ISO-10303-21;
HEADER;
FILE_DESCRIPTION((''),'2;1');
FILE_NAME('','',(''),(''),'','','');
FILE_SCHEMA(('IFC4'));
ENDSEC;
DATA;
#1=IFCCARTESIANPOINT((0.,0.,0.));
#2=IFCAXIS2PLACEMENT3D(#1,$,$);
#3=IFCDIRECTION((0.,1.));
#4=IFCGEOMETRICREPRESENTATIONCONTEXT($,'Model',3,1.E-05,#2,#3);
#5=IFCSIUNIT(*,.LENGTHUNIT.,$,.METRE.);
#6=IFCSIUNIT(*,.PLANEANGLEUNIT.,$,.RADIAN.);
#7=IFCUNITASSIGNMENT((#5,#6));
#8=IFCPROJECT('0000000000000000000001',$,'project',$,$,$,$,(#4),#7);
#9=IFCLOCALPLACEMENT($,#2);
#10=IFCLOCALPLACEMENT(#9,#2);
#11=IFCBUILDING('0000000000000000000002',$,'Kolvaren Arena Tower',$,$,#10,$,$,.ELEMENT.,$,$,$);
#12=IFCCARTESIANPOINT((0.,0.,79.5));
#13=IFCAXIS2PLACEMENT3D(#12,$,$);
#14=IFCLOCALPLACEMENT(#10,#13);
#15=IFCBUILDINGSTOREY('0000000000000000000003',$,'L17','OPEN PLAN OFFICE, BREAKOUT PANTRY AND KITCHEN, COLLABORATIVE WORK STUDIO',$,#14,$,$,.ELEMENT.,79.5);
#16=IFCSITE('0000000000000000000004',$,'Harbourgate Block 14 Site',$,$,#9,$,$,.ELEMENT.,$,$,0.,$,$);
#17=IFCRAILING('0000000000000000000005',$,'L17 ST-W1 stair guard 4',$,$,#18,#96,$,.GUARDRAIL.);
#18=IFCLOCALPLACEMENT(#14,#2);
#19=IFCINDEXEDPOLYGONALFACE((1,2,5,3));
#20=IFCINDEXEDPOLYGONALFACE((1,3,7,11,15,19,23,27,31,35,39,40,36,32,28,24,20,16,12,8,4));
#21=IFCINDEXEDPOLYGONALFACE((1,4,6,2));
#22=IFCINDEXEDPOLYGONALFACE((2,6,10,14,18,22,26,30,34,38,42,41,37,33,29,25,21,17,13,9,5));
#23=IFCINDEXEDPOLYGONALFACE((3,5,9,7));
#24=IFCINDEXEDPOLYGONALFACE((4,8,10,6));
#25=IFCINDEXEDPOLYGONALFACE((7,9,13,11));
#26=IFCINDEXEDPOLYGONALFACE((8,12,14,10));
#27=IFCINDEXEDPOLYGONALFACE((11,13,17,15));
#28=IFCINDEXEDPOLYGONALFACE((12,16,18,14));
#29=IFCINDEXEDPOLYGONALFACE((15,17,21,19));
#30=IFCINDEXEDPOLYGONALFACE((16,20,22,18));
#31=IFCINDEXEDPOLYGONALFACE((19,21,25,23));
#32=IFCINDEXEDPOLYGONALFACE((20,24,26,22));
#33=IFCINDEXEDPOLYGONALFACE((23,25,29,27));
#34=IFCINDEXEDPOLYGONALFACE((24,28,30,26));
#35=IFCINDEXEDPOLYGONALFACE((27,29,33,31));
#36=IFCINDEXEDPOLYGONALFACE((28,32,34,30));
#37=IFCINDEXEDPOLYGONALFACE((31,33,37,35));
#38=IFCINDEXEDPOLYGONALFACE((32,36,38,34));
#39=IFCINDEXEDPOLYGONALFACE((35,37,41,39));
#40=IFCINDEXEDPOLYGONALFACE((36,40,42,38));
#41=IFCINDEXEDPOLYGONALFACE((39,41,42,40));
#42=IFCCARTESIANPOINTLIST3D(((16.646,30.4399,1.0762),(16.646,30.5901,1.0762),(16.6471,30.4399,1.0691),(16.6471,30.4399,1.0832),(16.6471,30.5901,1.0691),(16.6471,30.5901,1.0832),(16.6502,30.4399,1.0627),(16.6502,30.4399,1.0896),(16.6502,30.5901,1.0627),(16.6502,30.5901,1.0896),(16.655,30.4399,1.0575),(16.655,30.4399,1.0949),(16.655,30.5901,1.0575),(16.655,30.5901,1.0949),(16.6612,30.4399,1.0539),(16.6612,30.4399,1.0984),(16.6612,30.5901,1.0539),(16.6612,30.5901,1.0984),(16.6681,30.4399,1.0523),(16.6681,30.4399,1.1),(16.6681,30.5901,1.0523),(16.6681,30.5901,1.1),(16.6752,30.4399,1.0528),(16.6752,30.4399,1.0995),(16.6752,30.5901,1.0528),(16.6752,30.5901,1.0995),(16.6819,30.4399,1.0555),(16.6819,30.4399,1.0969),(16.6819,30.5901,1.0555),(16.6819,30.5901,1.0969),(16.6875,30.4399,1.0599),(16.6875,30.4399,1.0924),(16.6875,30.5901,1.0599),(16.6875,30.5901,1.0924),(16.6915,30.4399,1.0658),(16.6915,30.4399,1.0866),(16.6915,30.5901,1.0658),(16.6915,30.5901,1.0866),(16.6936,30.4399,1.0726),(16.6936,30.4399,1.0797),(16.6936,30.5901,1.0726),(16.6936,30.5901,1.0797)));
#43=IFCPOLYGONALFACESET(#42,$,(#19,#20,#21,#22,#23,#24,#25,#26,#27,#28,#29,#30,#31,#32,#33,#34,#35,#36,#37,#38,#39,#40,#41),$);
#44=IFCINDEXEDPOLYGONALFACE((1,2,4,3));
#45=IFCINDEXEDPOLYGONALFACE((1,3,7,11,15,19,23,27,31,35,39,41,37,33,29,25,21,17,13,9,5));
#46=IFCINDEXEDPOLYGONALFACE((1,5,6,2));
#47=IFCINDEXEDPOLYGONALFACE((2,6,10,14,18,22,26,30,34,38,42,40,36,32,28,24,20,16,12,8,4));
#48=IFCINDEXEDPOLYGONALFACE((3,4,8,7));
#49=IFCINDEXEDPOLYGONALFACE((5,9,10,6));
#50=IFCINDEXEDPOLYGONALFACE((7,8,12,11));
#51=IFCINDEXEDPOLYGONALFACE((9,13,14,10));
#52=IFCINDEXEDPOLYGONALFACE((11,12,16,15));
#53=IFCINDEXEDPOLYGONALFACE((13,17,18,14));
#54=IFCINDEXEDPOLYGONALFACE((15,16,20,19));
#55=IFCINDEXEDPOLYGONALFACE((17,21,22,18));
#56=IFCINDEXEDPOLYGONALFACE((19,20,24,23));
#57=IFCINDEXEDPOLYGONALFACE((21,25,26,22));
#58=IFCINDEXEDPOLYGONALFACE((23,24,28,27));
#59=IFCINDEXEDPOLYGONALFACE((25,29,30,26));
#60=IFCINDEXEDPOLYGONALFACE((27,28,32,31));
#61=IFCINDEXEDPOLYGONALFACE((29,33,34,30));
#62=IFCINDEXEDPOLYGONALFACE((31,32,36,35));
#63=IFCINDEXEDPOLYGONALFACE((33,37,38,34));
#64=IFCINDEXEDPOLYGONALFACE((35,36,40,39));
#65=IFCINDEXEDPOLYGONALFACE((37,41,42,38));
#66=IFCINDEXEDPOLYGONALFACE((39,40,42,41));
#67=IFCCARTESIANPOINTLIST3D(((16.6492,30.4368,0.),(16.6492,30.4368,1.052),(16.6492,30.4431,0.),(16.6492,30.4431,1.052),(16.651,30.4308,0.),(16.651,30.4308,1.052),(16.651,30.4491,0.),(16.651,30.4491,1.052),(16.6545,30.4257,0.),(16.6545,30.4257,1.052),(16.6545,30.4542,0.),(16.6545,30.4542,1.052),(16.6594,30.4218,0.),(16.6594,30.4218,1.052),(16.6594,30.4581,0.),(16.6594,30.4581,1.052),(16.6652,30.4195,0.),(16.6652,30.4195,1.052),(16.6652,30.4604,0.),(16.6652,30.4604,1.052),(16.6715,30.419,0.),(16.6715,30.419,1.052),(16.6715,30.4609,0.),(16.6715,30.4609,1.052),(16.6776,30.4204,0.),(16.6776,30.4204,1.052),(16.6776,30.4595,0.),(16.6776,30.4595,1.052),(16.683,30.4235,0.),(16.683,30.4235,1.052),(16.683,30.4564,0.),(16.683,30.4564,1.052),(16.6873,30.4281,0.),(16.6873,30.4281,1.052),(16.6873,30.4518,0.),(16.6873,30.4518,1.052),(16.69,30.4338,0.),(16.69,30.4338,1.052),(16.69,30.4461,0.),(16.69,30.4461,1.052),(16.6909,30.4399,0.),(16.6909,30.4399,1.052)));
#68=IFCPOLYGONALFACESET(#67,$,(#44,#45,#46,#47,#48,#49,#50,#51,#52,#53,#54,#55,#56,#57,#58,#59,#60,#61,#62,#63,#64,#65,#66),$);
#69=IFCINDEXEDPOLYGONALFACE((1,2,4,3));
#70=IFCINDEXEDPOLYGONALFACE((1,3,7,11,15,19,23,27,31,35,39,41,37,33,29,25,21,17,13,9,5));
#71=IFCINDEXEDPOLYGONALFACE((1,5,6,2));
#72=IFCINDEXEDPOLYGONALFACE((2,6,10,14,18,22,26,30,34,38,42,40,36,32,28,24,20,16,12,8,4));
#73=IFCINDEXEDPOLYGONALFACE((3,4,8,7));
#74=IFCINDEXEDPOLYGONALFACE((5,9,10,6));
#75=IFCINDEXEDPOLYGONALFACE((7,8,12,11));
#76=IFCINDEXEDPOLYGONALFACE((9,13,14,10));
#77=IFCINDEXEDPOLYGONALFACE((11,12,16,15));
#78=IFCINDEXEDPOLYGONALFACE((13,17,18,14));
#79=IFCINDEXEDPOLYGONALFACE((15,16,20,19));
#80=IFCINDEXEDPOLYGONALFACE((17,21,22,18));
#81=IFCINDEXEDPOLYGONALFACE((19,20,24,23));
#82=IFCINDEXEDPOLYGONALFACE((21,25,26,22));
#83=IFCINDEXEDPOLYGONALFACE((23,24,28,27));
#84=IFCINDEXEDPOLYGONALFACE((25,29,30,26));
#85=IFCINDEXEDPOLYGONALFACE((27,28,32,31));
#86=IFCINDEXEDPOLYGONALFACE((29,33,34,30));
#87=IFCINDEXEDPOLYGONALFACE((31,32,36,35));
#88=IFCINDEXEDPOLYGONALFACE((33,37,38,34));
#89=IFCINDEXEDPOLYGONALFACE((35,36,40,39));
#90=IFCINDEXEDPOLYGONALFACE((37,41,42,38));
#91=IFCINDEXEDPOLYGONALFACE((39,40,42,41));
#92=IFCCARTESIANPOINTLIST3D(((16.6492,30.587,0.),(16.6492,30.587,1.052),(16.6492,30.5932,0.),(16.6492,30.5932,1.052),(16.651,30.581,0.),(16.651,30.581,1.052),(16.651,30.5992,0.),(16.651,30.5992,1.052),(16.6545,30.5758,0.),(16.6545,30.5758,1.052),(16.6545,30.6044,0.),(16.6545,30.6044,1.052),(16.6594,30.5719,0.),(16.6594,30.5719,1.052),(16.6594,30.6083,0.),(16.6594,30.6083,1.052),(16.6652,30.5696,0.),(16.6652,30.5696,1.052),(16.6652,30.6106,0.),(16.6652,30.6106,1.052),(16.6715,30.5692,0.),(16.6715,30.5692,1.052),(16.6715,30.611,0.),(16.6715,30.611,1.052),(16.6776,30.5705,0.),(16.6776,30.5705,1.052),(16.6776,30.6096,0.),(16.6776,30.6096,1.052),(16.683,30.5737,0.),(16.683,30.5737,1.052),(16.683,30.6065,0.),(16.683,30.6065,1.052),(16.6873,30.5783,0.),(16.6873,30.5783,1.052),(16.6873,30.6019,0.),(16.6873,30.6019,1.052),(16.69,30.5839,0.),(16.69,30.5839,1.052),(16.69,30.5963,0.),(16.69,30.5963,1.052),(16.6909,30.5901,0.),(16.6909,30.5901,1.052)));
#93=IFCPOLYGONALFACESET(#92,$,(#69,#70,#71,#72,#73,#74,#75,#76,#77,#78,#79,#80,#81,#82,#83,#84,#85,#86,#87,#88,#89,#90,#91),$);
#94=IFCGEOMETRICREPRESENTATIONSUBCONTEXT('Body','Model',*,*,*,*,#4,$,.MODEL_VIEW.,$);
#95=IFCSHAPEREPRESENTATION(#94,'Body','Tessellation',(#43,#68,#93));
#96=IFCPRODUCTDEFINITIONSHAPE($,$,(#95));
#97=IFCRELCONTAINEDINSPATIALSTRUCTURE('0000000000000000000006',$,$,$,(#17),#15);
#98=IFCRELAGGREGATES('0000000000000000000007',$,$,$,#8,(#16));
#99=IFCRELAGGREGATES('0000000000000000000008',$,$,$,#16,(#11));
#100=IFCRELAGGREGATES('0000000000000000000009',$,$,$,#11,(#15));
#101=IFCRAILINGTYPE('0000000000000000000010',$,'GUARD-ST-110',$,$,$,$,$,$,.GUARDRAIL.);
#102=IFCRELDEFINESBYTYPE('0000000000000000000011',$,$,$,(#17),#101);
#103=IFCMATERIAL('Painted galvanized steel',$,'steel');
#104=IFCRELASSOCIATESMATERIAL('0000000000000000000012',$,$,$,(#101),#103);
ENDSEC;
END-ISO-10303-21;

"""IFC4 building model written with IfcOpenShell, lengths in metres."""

from ifc_helpers import new_model, si_unit, direction, frame, origin, origin_2d, place, context, subcontext, project, spatial, circle, extrude, material, type_object, element, save


model = new_model("IFC4")

# Units and contexts
model_context = context("Model", 3, precision=1e-05, world=origin(), true_north=direction((0.0, 1.0)))
body_context = subcontext(model_context, "Body", "Model", "MODEL_VIEW")
ifc_project = project(units=[si_unit("LENGTHUNIT", "METRE"), si_unit("PLANEANGLEUNIT", "RADIAN")], contexts=[model_context])

# Site, building, storey
site_placement = place(None, origin())
site = spatial("IfcSite", under=ifc_project, at=site_placement, Name="Harbourgate Block 14 Site", CompositionType="ELEMENT", RefElevation=0.0)
building_placement = place(site_placement, origin())
building = spatial("IfcBuilding", under=site, at=building_placement, Name="Kolvaren Arena Tower", CompositionType="ELEMENT")
storey_placement = place(building_placement, frame((0.0, 0.0, 79.5)))
storey = spatial("IfcBuildingStorey", under=building, at=storey_placement, Name="L17", Description="OPEN PLAN OFFICE, BREAKOUT PANTRY AND KITCHEN, COLLABORATIVE WORK STUDIO", CompositionType="ELEMENT", Elevation=79.5)

# Railing
ifc_material_1 = material(Name="Painted galvanized steel", Category="steel")
railing_type_1 = type_object("IfcRailingType", Name="GUARD-ST-110", PredefinedType="GUARDRAIL", material=ifc_material_1)
railing_1_placement = place(storey_placement, frame((16.6699, 30.4399, 0.0)))
element("IfcRailing", 1, at=railing_1_placement, inside=storey, type_object=railing_type_1, Name="L17 ST-W1 stair guard 4", PredefinedType="GUARDRAIL", context=body_context, shape_type="SweptSolid", body=[
    extrude(circle(Radius=0.0239, at=origin_2d()), frame((0.0, 0.0, 1.0762), z_axis=(0.0, 1.0, 0.0), x_axis=(-1.0, 0.0, 0.0)), (0.0, 0.0, 1.0), 0.1501),
    extrude(circle(Radius=0.021, at=origin_2d()), origin(), (0.0, 0.0, 1.0), 1.052),
    extrude(circle(Radius=0.021, at=origin_2d()), frame((0.0, 0.1501, 0.0)), (0.0, 0.0, 1.0), 1.052),
])

save(model, "model.ifc")
